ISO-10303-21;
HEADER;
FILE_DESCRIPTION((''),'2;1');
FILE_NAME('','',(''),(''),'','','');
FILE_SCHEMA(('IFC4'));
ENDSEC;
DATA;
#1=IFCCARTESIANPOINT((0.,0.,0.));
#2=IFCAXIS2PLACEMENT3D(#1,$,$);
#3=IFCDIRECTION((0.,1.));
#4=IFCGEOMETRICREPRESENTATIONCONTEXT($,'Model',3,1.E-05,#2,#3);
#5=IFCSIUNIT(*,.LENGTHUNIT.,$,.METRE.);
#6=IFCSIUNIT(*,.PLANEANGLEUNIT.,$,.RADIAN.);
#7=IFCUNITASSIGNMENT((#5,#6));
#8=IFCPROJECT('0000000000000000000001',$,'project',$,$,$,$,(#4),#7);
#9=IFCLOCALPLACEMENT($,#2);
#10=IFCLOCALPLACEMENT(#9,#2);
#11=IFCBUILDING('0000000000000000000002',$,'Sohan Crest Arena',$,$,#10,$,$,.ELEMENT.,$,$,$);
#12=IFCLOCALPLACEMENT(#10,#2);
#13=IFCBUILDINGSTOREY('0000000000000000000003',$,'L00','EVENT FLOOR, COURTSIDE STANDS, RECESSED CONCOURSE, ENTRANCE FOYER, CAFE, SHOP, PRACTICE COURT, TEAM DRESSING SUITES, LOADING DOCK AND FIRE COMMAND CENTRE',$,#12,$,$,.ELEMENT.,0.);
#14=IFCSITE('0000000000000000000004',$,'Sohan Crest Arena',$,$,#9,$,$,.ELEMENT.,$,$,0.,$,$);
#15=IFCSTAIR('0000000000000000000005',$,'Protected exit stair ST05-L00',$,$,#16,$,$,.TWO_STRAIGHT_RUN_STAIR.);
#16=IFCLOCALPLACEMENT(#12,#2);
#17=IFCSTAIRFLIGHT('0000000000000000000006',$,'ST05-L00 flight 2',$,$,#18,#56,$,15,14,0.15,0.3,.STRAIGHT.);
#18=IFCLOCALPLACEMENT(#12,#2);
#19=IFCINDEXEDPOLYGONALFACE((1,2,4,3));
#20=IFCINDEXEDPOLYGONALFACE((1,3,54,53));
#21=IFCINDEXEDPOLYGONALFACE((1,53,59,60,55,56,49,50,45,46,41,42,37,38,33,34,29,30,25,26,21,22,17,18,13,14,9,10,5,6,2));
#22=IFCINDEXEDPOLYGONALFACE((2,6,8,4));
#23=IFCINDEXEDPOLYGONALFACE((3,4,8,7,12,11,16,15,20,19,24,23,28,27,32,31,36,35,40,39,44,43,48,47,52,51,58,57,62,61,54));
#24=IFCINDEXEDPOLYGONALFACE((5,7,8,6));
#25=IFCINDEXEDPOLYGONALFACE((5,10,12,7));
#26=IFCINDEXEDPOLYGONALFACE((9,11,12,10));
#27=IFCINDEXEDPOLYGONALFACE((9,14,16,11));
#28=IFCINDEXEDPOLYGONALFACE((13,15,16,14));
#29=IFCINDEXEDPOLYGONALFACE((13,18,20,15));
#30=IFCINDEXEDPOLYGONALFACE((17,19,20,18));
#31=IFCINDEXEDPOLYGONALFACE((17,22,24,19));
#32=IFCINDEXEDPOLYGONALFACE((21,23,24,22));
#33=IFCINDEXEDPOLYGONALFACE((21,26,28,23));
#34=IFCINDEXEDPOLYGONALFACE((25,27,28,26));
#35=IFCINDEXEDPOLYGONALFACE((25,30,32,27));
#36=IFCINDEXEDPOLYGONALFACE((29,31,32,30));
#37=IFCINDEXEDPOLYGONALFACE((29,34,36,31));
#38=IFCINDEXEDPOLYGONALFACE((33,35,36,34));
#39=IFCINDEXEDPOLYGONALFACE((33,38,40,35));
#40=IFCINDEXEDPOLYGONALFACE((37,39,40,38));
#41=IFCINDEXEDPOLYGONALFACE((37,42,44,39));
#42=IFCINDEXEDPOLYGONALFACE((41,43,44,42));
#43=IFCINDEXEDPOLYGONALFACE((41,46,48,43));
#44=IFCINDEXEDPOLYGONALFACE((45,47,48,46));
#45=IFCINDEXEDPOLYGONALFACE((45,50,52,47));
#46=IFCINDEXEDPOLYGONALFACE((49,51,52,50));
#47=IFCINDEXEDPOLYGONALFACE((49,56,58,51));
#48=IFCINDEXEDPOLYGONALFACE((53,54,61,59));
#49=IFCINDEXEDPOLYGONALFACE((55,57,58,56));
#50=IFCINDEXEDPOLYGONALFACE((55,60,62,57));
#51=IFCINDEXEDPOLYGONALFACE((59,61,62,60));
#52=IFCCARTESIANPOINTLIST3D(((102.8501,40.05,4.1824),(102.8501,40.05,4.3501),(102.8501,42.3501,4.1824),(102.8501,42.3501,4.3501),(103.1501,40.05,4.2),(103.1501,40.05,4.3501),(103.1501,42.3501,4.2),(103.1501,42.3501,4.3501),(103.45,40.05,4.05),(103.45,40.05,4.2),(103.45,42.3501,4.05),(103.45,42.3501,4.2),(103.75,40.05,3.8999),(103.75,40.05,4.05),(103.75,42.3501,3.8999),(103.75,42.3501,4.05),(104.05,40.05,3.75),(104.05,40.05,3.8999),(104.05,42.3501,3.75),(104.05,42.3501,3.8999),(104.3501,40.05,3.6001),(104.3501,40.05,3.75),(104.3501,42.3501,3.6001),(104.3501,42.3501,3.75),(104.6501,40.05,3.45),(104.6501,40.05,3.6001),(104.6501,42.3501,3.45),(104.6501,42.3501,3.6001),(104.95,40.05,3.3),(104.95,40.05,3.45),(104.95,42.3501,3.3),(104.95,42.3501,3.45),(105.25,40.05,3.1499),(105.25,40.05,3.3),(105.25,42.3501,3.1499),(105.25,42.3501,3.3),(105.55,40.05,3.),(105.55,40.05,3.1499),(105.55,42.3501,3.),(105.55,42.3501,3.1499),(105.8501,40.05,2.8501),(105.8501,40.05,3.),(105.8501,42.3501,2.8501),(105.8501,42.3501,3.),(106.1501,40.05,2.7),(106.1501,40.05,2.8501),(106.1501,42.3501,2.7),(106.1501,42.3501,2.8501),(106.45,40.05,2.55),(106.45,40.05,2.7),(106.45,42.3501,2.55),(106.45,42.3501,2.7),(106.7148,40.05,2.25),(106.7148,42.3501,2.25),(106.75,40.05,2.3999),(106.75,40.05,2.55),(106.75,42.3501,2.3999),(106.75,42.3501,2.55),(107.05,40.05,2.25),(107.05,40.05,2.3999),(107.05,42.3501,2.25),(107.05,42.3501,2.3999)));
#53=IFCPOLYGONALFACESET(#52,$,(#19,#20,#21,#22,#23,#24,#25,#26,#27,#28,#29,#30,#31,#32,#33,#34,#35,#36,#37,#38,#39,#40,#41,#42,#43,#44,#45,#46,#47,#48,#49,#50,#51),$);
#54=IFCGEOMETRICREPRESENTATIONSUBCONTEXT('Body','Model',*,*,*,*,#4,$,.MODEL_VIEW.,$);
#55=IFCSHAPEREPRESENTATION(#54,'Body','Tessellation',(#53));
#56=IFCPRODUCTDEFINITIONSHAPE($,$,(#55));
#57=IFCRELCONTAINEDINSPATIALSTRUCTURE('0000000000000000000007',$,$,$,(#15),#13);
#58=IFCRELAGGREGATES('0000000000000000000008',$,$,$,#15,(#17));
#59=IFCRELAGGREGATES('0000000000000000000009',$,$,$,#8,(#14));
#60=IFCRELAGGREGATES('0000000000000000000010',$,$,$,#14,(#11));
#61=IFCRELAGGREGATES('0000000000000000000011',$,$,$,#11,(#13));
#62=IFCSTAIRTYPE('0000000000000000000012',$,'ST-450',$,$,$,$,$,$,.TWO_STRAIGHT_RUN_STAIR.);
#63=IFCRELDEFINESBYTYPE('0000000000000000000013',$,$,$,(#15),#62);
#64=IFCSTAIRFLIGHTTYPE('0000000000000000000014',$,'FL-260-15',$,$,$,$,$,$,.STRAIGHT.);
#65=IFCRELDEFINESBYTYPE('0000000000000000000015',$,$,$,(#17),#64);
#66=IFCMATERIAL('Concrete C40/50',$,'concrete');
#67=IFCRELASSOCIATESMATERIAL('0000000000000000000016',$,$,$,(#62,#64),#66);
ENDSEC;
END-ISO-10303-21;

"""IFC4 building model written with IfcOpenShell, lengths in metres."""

from ifc_helpers import new_model, si_unit, direction, frame, origin, place, context, subcontext, project, spatial, polyline, outline, extrude, material, type_object, element, aggregate, save


model = new_model("IFC4")

# Units and contexts
model_context = context("Model", 3, precision=1e-05, world=origin(), true_north=direction((0.0, 1.0)))
body_context = subcontext(model_context, "Body", "Model", "MODEL_VIEW")
ifc_project = project(units=[si_unit("LENGTHUNIT", "METRE"), si_unit("PLANEANGLEUNIT", "RADIAN")], contexts=[model_context])

# Site, building, storey
site_placement = place(None, origin())
site = spatial("IfcSite", under=ifc_project, at=site_placement, Name="Sohan Crest Arena", CompositionType="ELEMENT", RefElevation=0.0)
building_placement = place(site_placement, origin())
building = spatial("IfcBuilding", under=site, at=building_placement, Name="Sohan Crest Arena", CompositionType="ELEMENT")
storey_placement = place(building_placement, origin())
storey = spatial("IfcBuildingStorey", under=building, at=storey_placement, Name="L00", Description="EVENT FLOOR, COURTSIDE STANDS, RECESSED CONCOURSE, ENTRANCE FOYER, CAFE, SHOP, PRACTICE COURT, TEAM DRESSING SUITES, LOADING DOCK AND FIRE COMMAND CENTRE", CompositionType="ELEMENT", Elevation=0.0)

# Shared definitions
ifc_material_1 = material(Name="Concrete C40/50", Category="concrete")

# Stair, stair flight
stair_type_1 = type_object("IfcStairType", Name="ST-450", PredefinedType="TWO_STRAIGHT_RUN_STAIR", material=ifc_material_1)
stair_1_placement = place(storey_placement, origin())
stair_1 = element("IfcStair", 1, at=stair_1_placement, inside=storey, type_object=stair_type_1, Name="Protected exit stair ST05-L00", PredefinedType="TWO_STRAIGHT_RUN_STAIR")
stair_flight_type_1 = type_object("IfcStairFlightType", Name="FL-260-15", PredefinedType="STRAIGHT", material=ifc_material_1)
stair_flight_1_placement = place(storey_placement, frame((107.05, 41.2, 2.25), z_axis=(0.0, 0.0, 1.0), x_axis=(-1.0, 0.0, 0.0)))
stair_flight_1 = element("IfcStairFlight", 2, at=stair_flight_1_placement, type_object=stair_flight_type_1, Name="ST05-L00 flight 2", NumberOfRisers=15, NumberOfTreads=14, PredefinedType="STRAIGHT", RiserHeight=0.15, TreadLength=0.3, context=body_context, shape_type="SweptSolid", body=[
    extrude(outline(polyline([(0.0, 0.0), (0.0, 0.1499), (0.3, 0.1499), (0.3, 0.3), (0.6001, 0.3), (0.6001, 0.45), (0.8999, 0.45), (0.8999, 0.6001), (1.2, 0.6001), (1.2, 0.75), (1.5, 0.75), (1.5, 0.8999), (1.8, 0.8999), (1.8, 1.05), (2.1001, 1.05), (2.1001, 1.2), (2.3999, 1.2), (2.3999, 1.3501), (2.7, 1.3501), (2.7, 1.5), (3.0, 1.5), (3.0, 1.6499), (3.3, 1.6499), (3.3, 1.8), (3.6001, 1.8), (3.6001, 1.95), (3.8999, 1.95), (3.8999, 2.1001), (4.2, 2.1001), (4.2, 2.25), (4.2, 1.9324), (0.3352, 0.0), (0.0, 0.0)])), frame((0.0, 1.1499, 0.0), z_axis=(0.0, -1.0, 0.0), x_axis=(1.0, 0.0, 0.0)), (0.0, 0.0, 1.0), 2.3),
])
aggregate(stair_1, [stair_flight_1])

save(model, "model.ifc")
